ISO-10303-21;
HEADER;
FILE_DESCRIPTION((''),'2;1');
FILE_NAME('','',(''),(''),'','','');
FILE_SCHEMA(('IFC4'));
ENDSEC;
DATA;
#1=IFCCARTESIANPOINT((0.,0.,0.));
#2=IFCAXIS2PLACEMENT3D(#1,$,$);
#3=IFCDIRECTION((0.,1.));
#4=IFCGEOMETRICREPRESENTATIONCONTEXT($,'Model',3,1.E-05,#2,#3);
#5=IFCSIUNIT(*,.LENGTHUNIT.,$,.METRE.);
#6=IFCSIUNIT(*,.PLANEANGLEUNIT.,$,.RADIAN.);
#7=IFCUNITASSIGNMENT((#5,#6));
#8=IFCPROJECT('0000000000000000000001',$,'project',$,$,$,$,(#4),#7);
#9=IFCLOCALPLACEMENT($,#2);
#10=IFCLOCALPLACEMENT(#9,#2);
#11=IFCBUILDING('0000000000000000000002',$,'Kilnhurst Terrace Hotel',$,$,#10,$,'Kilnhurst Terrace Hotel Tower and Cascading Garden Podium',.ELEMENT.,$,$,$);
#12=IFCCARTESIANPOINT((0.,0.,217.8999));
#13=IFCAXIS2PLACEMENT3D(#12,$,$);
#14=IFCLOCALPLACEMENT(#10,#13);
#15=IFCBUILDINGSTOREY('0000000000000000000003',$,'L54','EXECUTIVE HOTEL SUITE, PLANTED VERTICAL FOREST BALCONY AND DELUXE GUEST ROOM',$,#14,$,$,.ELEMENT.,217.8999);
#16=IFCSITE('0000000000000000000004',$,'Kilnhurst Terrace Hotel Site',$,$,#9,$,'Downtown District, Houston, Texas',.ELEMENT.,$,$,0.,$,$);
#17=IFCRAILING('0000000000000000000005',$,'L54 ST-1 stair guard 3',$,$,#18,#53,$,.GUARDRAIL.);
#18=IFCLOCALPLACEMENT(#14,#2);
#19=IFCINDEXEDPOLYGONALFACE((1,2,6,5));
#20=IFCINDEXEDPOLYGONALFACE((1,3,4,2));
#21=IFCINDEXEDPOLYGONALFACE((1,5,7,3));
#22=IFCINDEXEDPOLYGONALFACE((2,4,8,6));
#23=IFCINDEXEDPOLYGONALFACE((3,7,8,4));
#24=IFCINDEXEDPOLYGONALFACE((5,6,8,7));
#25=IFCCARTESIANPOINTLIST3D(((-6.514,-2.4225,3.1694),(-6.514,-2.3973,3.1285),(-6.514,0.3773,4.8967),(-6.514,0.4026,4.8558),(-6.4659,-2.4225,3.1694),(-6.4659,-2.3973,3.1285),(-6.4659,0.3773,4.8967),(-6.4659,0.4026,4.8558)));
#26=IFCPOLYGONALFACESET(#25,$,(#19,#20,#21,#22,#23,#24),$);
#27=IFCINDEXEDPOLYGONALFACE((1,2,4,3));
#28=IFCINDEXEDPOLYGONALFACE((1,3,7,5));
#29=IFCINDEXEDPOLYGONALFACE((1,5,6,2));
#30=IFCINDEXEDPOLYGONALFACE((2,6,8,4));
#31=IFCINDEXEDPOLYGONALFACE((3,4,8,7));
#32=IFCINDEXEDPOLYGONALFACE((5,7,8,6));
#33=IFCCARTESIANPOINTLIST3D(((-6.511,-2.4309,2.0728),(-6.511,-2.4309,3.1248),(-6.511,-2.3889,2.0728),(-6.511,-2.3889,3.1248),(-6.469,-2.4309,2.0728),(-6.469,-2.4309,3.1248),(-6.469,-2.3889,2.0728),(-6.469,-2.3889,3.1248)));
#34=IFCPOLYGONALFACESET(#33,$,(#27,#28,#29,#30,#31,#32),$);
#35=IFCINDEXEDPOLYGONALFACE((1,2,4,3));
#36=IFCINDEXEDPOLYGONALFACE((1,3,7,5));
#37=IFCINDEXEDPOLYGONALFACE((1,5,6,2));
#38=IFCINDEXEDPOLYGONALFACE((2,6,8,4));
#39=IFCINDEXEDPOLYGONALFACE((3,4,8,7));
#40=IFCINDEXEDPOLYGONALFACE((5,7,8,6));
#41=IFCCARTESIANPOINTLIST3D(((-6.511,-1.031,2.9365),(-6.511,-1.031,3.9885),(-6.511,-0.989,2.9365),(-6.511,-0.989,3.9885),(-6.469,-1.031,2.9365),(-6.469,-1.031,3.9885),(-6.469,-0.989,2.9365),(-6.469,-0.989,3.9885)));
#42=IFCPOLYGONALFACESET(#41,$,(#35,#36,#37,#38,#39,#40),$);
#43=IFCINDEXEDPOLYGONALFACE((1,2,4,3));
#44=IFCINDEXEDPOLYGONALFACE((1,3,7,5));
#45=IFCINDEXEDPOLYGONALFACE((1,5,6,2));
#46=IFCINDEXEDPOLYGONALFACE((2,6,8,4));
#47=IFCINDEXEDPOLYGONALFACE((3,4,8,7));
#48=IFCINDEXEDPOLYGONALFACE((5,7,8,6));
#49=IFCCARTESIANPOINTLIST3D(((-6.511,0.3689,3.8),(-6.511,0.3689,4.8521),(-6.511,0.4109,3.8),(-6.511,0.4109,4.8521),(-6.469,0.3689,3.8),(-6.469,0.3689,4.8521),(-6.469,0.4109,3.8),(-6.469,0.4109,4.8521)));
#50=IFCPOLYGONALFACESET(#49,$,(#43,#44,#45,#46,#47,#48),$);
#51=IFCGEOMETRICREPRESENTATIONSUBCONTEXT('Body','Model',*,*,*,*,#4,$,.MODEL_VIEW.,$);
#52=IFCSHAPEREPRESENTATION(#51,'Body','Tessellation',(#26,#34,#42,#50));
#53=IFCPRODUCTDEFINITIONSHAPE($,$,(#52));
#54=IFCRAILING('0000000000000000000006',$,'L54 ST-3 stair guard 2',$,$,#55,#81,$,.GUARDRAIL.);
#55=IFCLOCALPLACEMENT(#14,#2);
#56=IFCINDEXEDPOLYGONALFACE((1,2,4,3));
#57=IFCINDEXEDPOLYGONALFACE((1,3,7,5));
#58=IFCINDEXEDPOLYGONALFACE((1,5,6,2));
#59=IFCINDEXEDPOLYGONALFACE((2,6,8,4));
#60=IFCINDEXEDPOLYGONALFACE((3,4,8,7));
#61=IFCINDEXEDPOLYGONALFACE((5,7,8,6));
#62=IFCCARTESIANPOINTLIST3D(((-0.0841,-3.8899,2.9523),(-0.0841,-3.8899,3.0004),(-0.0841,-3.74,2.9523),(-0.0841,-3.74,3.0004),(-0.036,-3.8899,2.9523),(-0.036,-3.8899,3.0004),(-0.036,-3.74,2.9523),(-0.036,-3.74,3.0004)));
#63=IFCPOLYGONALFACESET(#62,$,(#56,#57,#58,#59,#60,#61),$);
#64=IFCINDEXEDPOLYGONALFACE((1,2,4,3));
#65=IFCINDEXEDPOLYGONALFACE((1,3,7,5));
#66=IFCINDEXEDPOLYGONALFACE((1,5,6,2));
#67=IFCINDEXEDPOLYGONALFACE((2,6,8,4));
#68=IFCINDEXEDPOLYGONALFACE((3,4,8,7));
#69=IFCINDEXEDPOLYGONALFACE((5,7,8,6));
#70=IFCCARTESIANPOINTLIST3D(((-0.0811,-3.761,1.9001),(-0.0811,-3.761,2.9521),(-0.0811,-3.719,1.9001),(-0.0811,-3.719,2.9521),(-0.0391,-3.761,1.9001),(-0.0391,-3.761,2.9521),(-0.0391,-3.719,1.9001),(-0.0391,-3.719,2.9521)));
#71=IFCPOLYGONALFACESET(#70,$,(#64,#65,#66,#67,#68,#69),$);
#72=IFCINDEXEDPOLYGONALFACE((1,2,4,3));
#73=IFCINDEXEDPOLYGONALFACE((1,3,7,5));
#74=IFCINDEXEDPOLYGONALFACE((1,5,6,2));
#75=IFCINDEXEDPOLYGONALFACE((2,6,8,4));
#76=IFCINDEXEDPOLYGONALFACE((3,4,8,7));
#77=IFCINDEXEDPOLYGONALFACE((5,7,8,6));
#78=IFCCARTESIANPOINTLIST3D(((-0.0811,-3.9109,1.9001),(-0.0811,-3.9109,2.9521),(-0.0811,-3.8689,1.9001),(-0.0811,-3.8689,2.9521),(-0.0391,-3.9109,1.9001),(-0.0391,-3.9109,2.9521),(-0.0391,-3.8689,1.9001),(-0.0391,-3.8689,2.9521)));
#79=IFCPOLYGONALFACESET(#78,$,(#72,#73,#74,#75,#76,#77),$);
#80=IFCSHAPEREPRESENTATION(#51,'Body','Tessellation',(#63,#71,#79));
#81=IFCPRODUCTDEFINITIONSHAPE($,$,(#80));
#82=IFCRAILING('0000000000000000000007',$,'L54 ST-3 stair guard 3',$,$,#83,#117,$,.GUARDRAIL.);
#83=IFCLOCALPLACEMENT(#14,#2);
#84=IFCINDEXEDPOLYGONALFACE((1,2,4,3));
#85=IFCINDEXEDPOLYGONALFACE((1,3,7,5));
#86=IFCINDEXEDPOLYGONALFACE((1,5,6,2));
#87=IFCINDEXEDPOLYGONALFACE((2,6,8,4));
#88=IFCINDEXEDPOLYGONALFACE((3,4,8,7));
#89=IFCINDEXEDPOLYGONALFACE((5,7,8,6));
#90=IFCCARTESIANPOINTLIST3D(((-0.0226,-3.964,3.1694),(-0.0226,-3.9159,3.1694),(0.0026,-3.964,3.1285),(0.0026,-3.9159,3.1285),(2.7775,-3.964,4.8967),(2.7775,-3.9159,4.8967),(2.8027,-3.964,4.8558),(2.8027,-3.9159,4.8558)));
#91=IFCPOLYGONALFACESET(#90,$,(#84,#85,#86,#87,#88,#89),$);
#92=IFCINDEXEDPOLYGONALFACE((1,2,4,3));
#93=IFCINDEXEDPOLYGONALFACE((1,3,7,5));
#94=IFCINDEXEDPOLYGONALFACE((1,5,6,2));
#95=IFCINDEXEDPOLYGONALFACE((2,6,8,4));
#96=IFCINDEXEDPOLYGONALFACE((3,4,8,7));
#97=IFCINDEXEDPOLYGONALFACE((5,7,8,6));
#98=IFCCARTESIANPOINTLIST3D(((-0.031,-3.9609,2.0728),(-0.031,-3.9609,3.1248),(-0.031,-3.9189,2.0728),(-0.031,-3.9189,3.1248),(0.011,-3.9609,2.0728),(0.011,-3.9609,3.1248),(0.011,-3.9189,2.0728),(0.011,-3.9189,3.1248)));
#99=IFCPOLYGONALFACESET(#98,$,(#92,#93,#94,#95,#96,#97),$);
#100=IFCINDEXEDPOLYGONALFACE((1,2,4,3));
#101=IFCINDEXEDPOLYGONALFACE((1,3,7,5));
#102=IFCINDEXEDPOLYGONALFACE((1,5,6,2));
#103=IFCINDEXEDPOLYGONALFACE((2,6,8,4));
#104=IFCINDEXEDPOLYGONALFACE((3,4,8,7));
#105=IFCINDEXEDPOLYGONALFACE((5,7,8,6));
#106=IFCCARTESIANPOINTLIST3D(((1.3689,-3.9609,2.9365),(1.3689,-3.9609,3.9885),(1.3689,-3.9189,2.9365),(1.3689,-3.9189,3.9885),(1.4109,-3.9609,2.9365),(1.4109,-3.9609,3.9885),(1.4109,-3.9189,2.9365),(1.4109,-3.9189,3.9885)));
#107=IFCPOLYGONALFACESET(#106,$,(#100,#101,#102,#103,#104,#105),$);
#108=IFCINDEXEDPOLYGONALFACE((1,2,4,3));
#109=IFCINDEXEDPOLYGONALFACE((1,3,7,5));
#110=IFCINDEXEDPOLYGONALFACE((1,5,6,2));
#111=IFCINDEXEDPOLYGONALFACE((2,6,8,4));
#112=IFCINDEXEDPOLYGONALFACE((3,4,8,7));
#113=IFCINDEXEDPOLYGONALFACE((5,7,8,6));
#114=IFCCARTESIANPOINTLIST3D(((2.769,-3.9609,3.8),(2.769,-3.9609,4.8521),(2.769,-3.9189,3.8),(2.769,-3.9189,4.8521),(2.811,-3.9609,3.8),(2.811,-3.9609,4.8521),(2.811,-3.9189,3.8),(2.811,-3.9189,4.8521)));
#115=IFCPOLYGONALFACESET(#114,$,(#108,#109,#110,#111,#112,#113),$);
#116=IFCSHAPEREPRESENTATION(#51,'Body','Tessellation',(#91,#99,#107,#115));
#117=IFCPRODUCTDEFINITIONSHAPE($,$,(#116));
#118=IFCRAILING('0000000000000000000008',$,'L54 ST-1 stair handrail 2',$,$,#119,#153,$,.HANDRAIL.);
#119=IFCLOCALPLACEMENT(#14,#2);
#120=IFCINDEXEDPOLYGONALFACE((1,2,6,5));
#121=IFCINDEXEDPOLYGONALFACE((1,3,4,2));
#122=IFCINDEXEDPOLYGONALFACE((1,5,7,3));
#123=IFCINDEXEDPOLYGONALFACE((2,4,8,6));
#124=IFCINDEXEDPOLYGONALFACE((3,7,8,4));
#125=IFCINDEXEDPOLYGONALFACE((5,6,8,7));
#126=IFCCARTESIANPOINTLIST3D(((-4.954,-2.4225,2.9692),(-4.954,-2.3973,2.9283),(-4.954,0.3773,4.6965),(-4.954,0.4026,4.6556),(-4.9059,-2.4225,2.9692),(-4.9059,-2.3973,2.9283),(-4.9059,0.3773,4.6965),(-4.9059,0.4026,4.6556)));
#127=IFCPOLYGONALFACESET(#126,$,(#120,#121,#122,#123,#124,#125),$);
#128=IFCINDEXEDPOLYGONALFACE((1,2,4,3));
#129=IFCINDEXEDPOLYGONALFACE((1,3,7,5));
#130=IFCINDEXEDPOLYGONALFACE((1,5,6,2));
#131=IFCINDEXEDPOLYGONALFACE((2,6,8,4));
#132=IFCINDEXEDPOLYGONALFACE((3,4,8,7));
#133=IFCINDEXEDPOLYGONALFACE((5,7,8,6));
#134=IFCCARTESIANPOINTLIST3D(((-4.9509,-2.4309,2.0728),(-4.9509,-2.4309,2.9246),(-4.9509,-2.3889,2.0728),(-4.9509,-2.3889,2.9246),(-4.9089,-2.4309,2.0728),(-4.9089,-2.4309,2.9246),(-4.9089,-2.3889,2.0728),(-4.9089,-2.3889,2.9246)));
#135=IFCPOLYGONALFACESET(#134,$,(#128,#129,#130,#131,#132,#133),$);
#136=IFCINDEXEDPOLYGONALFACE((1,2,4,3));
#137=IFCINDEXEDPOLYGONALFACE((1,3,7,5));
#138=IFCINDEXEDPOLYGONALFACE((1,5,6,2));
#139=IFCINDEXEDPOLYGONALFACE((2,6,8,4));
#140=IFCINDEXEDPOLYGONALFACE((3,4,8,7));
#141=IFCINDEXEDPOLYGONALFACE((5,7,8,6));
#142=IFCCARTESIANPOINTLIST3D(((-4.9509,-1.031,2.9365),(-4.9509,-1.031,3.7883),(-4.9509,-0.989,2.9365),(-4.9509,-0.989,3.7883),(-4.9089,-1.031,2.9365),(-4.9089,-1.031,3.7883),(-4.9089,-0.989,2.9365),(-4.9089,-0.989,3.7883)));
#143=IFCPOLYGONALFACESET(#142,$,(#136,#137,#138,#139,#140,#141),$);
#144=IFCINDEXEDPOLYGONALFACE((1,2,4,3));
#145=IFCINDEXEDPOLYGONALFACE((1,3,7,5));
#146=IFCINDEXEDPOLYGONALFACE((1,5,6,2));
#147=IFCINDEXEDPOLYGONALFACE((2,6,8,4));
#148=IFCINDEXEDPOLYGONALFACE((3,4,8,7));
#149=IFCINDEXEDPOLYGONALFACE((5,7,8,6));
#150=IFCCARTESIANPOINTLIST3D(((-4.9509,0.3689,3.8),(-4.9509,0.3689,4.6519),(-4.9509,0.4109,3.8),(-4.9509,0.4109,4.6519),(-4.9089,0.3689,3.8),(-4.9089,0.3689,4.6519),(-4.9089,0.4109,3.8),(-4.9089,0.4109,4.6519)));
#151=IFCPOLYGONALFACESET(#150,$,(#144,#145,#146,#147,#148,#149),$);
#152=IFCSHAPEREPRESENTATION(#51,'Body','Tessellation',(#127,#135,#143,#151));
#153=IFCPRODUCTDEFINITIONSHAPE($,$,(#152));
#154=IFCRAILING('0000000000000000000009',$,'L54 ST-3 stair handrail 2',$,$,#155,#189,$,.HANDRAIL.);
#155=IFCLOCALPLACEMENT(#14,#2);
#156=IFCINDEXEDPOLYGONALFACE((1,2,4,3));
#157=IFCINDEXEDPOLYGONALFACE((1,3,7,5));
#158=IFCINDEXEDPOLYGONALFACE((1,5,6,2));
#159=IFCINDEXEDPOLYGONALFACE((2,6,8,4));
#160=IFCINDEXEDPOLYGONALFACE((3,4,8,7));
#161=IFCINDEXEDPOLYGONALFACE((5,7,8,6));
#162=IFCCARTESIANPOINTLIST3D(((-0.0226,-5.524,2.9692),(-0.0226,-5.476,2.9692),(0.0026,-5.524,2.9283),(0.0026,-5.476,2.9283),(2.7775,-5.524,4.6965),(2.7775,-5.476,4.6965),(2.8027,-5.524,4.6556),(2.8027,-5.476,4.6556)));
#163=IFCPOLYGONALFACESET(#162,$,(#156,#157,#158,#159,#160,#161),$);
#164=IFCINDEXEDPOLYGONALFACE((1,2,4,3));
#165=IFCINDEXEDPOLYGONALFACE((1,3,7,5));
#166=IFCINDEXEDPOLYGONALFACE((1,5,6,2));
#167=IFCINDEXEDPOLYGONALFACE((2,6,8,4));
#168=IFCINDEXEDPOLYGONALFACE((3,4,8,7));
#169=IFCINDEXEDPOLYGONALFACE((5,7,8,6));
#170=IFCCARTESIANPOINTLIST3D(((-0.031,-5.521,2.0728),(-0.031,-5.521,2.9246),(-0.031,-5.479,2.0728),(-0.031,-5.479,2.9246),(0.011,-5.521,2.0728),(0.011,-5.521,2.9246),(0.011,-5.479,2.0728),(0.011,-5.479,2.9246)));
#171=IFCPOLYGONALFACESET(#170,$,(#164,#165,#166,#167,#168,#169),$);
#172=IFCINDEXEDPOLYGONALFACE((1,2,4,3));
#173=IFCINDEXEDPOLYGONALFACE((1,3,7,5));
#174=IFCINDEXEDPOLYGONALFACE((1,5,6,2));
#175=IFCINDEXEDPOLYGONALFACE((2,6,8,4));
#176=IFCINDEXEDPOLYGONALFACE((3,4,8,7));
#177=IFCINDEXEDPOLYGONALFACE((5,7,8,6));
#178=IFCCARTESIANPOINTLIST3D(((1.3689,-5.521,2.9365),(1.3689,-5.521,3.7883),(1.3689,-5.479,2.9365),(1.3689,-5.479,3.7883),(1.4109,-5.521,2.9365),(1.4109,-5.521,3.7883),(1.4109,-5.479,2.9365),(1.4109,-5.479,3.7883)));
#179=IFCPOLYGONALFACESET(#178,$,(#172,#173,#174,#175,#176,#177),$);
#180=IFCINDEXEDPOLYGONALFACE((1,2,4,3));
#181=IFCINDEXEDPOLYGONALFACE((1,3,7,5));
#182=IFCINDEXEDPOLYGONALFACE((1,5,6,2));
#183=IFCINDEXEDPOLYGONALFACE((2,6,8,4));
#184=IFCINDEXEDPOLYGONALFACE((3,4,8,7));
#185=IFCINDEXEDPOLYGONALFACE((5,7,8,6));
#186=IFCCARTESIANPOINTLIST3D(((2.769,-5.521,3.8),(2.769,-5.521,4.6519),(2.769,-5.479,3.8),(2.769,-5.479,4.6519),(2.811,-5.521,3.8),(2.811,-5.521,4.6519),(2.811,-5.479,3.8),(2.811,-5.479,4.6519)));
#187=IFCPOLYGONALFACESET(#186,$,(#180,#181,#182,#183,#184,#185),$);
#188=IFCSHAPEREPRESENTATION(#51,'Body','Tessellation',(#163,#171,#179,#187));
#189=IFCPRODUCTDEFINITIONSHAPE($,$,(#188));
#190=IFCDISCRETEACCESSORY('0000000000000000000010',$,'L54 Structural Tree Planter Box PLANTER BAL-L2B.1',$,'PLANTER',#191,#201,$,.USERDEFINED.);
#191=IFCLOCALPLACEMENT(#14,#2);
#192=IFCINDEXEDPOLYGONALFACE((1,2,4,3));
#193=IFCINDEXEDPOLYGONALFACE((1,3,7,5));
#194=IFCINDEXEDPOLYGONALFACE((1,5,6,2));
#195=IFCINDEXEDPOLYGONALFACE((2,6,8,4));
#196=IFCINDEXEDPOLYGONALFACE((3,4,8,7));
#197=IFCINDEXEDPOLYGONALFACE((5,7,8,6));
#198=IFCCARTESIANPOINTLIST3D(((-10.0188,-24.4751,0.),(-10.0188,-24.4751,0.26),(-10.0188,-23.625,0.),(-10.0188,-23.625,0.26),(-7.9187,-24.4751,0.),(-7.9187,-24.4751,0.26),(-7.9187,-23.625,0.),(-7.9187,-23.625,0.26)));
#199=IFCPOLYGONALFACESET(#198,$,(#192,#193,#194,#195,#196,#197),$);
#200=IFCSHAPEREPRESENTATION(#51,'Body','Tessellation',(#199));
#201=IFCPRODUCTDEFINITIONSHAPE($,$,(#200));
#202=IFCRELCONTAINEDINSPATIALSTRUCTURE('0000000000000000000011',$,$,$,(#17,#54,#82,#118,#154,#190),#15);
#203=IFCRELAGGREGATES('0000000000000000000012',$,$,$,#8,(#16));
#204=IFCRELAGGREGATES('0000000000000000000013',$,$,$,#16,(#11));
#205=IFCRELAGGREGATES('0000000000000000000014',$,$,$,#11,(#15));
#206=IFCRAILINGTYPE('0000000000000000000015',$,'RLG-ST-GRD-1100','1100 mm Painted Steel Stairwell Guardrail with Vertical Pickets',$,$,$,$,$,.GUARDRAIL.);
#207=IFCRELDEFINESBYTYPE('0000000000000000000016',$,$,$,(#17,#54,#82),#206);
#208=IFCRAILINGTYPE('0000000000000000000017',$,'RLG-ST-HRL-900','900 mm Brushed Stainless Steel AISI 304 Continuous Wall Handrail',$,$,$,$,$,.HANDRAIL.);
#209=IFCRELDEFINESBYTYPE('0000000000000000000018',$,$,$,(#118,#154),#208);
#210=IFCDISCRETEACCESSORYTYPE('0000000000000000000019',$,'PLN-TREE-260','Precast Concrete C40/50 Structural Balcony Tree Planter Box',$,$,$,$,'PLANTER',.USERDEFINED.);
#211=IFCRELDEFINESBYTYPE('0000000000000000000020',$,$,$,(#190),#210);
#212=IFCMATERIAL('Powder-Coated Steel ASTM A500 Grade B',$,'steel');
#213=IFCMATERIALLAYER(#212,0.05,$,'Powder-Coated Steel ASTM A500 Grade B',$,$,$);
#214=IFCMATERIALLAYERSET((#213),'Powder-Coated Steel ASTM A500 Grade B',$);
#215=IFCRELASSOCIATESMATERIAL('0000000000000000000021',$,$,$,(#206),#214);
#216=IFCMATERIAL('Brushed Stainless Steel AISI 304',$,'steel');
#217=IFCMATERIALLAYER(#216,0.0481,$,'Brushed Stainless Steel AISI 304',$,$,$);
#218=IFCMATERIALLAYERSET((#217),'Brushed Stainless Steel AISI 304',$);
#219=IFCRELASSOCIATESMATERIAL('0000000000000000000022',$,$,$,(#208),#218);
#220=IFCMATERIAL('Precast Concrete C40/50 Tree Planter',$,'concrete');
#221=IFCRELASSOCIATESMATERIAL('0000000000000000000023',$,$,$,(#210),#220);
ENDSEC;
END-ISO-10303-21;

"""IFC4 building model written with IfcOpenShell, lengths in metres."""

from ifc_helpers import new_model, si_unit, direction, frame, origin, origin_2d, place, context, subcontext, project, spatial, rectangle, extrude, material, layer, layer_set, type_object, element, save


model = new_model("IFC4")

# Units and contexts
model_context = context("Model", 3, precision=1e-05, world=origin(), true_north=direction((0.0, 1.0)))
body_context = subcontext(model_context, "Body", "Model", "MODEL_VIEW")
ifc_project = project(units=[si_unit("LENGTHUNIT", "METRE"), si_unit("PLANEANGLEUNIT", "RADIAN")], contexts=[model_context])

# Site, building, storey
site_placement = place(None, origin())
site = spatial("IfcSite", under=ifc_project, at=site_placement, Name="Kilnhurst Terrace Hotel Site", LongName="Downtown District, Houston, Texas", CompositionType="ELEMENT", RefElevation=0.0)
building_placement = place(site_placement, origin())
building = spatial("IfcBuilding", under=site, at=building_placement, Name="Kilnhurst Terrace Hotel", LongName="Kilnhurst Terrace Hotel Tower and Cascading Garden Podium", CompositionType="ELEMENT")
storey_placement = place(building_placement, frame((0.0, 0.0, 217.8999)))
storey = spatial("IfcBuildingStorey", under=building, at=storey_placement, Name="L54", Description="EXECUTIVE HOTEL SUITE, PLANTED VERTICAL FOREST BALCONY AND DELUXE GUEST ROOM", CompositionType="ELEMENT", Elevation=217.8999)

# Railings
ifc_material_1 = material(Name="Powder-Coated Steel ASTM A500 Grade B", Category="steel")
ifc_layer_1 = layer(ifc_material_1, 0.05, Name="Powder-Coated Steel ASTM A500 Grade B")
ifc_layer_set_1 = layer_set([ifc_layer_1], Name="Powder-Coated Steel ASTM A500 Grade B")
railing_type_1 = type_object("IfcRailingType", Name="RLG-ST-GRD-1100", Description="1100 mm Painted Steel Stairwell Guardrail with Vertical Pickets", PredefinedType="GUARDRAIL", material=ifc_layer_set_1)
railing_1_placement = place(storey_placement, frame((-6.49, -2.4099, 2.0728)))
element("IfcRailing", 1, at=railing_1_placement, inside=storey, type_object=railing_type_1, Name="L54 ST-1 stair guard 3", PredefinedType="GUARDRAIL", context=body_context, shape_type="SweptSolid", body=[
    extrude(rectangle(XDim=0.0481, YDim=0.0481, at=origin_2d()), frame((0.0, 0.0, 1.0762), z_axis=(0.0, 0.851069, 0.525054), x_axis=(-1.0, 0.0, 0.0)), (0.0, 0.0, 1.0), 3.2898),
    extrude(rectangle(XDim=0.042, YDim=0.042, at=origin_2d()), origin(), (0.0, 0.0, 1.0), 1.052),
    extrude(rectangle(XDim=0.042, YDim=0.042, at=origin_2d()), frame((0.0, 1.3999, 0.8638)), (0.0, 0.0, 1.0), 1.052),
    extrude(rectangle(XDim=0.042, YDim=0.042, at=origin_2d()), frame((0.0, 2.7998, 1.7273)), (0.0, 0.0, 1.0), 1.052),
])
railing_2_placement = place(storey_placement, frame((-0.0601, -3.74, 1.9001)))
element("IfcRailing", 2, at=railing_2_placement, inside=storey, type_object=railing_type_1, Name="L54 ST-3 stair guard 2", PredefinedType="GUARDRAIL", context=body_context, shape_type="SweptSolid", body=[
    extrude(rectangle(XDim=0.0481, YDim=0.0481, at=origin_2d()), frame((0.0, 0.0, 1.0762), z_axis=(0.0, -1.0, 0.0), x_axis=(1.0, 0.0, 0.0)), (0.0, 0.0, 1.0), 0.1499),
    extrude(rectangle(XDim=0.042, YDim=0.042, at=origin_2d()), origin(), (0.0, 0.0, 1.0), 1.052),
    extrude(rectangle(XDim=0.042, YDim=0.042, at=origin_2d()), frame((0.0, -0.1499, 0.0)), (0.0, 0.0, 1.0), 1.052),
])
railing_3_placement = place(storey_placement, frame((-0.01, -3.9399, 2.0728)))
element("IfcRailing", 3, at=railing_3_placement, inside=storey, type_object=railing_type_1, Name="L54 ST-3 stair guard 3", PredefinedType="GUARDRAIL", context=body_context, shape_type="SweptSolid", body=[
    extrude(rectangle(XDim=0.0481, YDim=0.0481, at=origin_2d()), frame((0.0, 0.0, 1.0762), z_axis=(0.85109, 0.0, 0.52502), x_axis=(0.0, 1.0, 0.0)), (0.0, 0.0, 1.0), 3.29),
    extrude(rectangle(XDim=0.042, YDim=0.042, at=origin_2d()), origin(), (0.0, 0.0, 1.0), 1.052),
    extrude(rectangle(XDim=0.042, YDim=0.042, at=origin_2d()), frame((1.3999, 0.0, 0.8638)), (0.0, 0.0, 1.0), 1.052),
    extrude(rectangle(XDim=0.042, YDim=0.042, at=origin_2d()), frame((2.8, 0.0, 1.7273)), (0.0, 0.0, 1.0), 1.052),
])
ifc_material_2 = material(Name="Brushed Stainless Steel AISI 304", Category="steel")
ifc_layer_2 = layer(ifc_material_2, 0.0481, Name="Brushed Stainless Steel AISI 304")
ifc_layer_set_2 = layer_set([ifc_layer_2], Name="Brushed Stainless Steel AISI 304")
railing_type_2 = type_object("IfcRailingType", Name="RLG-ST-HRL-900", Description="900 mm Brushed Stainless Steel AISI 304 Continuous Wall Handrail", PredefinedType="HANDRAIL", material=ifc_layer_set_2)
railing_4_placement = place(storey_placement, frame((-4.9299, -2.4099, 2.0728)))
element("IfcRailing", 4, at=railing_4_placement, inside=storey, type_object=railing_type_2, Name="L54 ST-1 stair handrail 2", PredefinedType="HANDRAIL", context=body_context, shape_type="SweptSolid", body=[
    extrude(rectangle(XDim=0.0481, YDim=0.0481, at=origin_2d()), frame((0.0, 0.0, 0.876), z_axis=(0.0, 0.851069, 0.525054), x_axis=(-1.0, 0.0, 0.0)), (0.0, 0.0, 1.0), 3.2898),
    extrude(rectangle(XDim=0.042, YDim=0.042, at=origin_2d()), origin(), (0.0, 0.0, 1.0), 0.8518),
    extrude(rectangle(XDim=0.042, YDim=0.042, at=origin_2d()), frame((0.0, 1.3999, 0.8638)), (0.0, 0.0, 1.0), 0.8518),
    extrude(rectangle(XDim=0.042, YDim=0.042, at=origin_2d()), frame((0.0, 2.7998, 1.7273)), (0.0, 0.0, 1.0), 0.8518),
])
railing_5_placement = place(storey_placement, frame((-0.01, -5.5, 2.0728)))
element("IfcRailing", 5, at=railing_5_placement, inside=storey, type_object=railing_type_2, Name="L54 ST-3 stair handrail 2", PredefinedType="HANDRAIL", context=body_context, shape_type="SweptSolid", body=[
    extrude(rectangle(XDim=0.0481, YDim=0.0481, at=origin_2d()), frame((0.0, 0.0, 0.876), z_axis=(0.85109, 0.0, 0.52502), x_axis=(0.0, 1.0, 0.0)), (0.0, 0.0, 1.0), 3.29),
    extrude(rectangle(XDim=0.042, YDim=0.042, at=origin_2d()), origin(), (0.0, 0.0, 1.0), 0.8518),
    extrude(rectangle(XDim=0.042, YDim=0.042, at=origin_2d()), frame((1.3999, 0.0, 0.8638)), (0.0, 0.0, 1.0), 0.8518),
    extrude(rectangle(XDim=0.042, YDim=0.042, at=origin_2d()), frame((2.8, 0.0, 1.7273)), (0.0, 0.0, 1.0), 0.8518),
])

# Discrete accessory
ifc_material_3 = material(Name="Precast Concrete C40/50 Tree Planter", Category="concrete")
discrete_accessory_type = type_object("IfcDiscreteAccessoryType", Name="PLN-TREE-260", Description="Precast Concrete C40/50 Structural Balcony Tree Planter Box", ElementType="PLANTER", PredefinedType="USERDEFINED", material=ifc_material_3)
discrete_accessory_placement = place(storey_placement, frame((-8.9688, -24.05, 0.0), z_axis=(0.0, 0.0, 1.0), x_axis=(1.0, 0.0, 0.0)))
element("IfcDiscreteAccessory", 6, at=discrete_accessory_placement, inside=storey, type_object=discrete_accessory_type, Name="L54 Structural Tree Planter Box PLANTER BAL-L2B.1", ObjectType="PLANTER", PredefinedType="USERDEFINED", context=body_context, shape_type="SweptSolid", body=[
    extrude(rectangle(XDim=2.1001, YDim=0.8501, at=origin_2d()), origin(), (0.0, 0.0, 1.0), 0.26),
])

save(model, "model.ifc")
